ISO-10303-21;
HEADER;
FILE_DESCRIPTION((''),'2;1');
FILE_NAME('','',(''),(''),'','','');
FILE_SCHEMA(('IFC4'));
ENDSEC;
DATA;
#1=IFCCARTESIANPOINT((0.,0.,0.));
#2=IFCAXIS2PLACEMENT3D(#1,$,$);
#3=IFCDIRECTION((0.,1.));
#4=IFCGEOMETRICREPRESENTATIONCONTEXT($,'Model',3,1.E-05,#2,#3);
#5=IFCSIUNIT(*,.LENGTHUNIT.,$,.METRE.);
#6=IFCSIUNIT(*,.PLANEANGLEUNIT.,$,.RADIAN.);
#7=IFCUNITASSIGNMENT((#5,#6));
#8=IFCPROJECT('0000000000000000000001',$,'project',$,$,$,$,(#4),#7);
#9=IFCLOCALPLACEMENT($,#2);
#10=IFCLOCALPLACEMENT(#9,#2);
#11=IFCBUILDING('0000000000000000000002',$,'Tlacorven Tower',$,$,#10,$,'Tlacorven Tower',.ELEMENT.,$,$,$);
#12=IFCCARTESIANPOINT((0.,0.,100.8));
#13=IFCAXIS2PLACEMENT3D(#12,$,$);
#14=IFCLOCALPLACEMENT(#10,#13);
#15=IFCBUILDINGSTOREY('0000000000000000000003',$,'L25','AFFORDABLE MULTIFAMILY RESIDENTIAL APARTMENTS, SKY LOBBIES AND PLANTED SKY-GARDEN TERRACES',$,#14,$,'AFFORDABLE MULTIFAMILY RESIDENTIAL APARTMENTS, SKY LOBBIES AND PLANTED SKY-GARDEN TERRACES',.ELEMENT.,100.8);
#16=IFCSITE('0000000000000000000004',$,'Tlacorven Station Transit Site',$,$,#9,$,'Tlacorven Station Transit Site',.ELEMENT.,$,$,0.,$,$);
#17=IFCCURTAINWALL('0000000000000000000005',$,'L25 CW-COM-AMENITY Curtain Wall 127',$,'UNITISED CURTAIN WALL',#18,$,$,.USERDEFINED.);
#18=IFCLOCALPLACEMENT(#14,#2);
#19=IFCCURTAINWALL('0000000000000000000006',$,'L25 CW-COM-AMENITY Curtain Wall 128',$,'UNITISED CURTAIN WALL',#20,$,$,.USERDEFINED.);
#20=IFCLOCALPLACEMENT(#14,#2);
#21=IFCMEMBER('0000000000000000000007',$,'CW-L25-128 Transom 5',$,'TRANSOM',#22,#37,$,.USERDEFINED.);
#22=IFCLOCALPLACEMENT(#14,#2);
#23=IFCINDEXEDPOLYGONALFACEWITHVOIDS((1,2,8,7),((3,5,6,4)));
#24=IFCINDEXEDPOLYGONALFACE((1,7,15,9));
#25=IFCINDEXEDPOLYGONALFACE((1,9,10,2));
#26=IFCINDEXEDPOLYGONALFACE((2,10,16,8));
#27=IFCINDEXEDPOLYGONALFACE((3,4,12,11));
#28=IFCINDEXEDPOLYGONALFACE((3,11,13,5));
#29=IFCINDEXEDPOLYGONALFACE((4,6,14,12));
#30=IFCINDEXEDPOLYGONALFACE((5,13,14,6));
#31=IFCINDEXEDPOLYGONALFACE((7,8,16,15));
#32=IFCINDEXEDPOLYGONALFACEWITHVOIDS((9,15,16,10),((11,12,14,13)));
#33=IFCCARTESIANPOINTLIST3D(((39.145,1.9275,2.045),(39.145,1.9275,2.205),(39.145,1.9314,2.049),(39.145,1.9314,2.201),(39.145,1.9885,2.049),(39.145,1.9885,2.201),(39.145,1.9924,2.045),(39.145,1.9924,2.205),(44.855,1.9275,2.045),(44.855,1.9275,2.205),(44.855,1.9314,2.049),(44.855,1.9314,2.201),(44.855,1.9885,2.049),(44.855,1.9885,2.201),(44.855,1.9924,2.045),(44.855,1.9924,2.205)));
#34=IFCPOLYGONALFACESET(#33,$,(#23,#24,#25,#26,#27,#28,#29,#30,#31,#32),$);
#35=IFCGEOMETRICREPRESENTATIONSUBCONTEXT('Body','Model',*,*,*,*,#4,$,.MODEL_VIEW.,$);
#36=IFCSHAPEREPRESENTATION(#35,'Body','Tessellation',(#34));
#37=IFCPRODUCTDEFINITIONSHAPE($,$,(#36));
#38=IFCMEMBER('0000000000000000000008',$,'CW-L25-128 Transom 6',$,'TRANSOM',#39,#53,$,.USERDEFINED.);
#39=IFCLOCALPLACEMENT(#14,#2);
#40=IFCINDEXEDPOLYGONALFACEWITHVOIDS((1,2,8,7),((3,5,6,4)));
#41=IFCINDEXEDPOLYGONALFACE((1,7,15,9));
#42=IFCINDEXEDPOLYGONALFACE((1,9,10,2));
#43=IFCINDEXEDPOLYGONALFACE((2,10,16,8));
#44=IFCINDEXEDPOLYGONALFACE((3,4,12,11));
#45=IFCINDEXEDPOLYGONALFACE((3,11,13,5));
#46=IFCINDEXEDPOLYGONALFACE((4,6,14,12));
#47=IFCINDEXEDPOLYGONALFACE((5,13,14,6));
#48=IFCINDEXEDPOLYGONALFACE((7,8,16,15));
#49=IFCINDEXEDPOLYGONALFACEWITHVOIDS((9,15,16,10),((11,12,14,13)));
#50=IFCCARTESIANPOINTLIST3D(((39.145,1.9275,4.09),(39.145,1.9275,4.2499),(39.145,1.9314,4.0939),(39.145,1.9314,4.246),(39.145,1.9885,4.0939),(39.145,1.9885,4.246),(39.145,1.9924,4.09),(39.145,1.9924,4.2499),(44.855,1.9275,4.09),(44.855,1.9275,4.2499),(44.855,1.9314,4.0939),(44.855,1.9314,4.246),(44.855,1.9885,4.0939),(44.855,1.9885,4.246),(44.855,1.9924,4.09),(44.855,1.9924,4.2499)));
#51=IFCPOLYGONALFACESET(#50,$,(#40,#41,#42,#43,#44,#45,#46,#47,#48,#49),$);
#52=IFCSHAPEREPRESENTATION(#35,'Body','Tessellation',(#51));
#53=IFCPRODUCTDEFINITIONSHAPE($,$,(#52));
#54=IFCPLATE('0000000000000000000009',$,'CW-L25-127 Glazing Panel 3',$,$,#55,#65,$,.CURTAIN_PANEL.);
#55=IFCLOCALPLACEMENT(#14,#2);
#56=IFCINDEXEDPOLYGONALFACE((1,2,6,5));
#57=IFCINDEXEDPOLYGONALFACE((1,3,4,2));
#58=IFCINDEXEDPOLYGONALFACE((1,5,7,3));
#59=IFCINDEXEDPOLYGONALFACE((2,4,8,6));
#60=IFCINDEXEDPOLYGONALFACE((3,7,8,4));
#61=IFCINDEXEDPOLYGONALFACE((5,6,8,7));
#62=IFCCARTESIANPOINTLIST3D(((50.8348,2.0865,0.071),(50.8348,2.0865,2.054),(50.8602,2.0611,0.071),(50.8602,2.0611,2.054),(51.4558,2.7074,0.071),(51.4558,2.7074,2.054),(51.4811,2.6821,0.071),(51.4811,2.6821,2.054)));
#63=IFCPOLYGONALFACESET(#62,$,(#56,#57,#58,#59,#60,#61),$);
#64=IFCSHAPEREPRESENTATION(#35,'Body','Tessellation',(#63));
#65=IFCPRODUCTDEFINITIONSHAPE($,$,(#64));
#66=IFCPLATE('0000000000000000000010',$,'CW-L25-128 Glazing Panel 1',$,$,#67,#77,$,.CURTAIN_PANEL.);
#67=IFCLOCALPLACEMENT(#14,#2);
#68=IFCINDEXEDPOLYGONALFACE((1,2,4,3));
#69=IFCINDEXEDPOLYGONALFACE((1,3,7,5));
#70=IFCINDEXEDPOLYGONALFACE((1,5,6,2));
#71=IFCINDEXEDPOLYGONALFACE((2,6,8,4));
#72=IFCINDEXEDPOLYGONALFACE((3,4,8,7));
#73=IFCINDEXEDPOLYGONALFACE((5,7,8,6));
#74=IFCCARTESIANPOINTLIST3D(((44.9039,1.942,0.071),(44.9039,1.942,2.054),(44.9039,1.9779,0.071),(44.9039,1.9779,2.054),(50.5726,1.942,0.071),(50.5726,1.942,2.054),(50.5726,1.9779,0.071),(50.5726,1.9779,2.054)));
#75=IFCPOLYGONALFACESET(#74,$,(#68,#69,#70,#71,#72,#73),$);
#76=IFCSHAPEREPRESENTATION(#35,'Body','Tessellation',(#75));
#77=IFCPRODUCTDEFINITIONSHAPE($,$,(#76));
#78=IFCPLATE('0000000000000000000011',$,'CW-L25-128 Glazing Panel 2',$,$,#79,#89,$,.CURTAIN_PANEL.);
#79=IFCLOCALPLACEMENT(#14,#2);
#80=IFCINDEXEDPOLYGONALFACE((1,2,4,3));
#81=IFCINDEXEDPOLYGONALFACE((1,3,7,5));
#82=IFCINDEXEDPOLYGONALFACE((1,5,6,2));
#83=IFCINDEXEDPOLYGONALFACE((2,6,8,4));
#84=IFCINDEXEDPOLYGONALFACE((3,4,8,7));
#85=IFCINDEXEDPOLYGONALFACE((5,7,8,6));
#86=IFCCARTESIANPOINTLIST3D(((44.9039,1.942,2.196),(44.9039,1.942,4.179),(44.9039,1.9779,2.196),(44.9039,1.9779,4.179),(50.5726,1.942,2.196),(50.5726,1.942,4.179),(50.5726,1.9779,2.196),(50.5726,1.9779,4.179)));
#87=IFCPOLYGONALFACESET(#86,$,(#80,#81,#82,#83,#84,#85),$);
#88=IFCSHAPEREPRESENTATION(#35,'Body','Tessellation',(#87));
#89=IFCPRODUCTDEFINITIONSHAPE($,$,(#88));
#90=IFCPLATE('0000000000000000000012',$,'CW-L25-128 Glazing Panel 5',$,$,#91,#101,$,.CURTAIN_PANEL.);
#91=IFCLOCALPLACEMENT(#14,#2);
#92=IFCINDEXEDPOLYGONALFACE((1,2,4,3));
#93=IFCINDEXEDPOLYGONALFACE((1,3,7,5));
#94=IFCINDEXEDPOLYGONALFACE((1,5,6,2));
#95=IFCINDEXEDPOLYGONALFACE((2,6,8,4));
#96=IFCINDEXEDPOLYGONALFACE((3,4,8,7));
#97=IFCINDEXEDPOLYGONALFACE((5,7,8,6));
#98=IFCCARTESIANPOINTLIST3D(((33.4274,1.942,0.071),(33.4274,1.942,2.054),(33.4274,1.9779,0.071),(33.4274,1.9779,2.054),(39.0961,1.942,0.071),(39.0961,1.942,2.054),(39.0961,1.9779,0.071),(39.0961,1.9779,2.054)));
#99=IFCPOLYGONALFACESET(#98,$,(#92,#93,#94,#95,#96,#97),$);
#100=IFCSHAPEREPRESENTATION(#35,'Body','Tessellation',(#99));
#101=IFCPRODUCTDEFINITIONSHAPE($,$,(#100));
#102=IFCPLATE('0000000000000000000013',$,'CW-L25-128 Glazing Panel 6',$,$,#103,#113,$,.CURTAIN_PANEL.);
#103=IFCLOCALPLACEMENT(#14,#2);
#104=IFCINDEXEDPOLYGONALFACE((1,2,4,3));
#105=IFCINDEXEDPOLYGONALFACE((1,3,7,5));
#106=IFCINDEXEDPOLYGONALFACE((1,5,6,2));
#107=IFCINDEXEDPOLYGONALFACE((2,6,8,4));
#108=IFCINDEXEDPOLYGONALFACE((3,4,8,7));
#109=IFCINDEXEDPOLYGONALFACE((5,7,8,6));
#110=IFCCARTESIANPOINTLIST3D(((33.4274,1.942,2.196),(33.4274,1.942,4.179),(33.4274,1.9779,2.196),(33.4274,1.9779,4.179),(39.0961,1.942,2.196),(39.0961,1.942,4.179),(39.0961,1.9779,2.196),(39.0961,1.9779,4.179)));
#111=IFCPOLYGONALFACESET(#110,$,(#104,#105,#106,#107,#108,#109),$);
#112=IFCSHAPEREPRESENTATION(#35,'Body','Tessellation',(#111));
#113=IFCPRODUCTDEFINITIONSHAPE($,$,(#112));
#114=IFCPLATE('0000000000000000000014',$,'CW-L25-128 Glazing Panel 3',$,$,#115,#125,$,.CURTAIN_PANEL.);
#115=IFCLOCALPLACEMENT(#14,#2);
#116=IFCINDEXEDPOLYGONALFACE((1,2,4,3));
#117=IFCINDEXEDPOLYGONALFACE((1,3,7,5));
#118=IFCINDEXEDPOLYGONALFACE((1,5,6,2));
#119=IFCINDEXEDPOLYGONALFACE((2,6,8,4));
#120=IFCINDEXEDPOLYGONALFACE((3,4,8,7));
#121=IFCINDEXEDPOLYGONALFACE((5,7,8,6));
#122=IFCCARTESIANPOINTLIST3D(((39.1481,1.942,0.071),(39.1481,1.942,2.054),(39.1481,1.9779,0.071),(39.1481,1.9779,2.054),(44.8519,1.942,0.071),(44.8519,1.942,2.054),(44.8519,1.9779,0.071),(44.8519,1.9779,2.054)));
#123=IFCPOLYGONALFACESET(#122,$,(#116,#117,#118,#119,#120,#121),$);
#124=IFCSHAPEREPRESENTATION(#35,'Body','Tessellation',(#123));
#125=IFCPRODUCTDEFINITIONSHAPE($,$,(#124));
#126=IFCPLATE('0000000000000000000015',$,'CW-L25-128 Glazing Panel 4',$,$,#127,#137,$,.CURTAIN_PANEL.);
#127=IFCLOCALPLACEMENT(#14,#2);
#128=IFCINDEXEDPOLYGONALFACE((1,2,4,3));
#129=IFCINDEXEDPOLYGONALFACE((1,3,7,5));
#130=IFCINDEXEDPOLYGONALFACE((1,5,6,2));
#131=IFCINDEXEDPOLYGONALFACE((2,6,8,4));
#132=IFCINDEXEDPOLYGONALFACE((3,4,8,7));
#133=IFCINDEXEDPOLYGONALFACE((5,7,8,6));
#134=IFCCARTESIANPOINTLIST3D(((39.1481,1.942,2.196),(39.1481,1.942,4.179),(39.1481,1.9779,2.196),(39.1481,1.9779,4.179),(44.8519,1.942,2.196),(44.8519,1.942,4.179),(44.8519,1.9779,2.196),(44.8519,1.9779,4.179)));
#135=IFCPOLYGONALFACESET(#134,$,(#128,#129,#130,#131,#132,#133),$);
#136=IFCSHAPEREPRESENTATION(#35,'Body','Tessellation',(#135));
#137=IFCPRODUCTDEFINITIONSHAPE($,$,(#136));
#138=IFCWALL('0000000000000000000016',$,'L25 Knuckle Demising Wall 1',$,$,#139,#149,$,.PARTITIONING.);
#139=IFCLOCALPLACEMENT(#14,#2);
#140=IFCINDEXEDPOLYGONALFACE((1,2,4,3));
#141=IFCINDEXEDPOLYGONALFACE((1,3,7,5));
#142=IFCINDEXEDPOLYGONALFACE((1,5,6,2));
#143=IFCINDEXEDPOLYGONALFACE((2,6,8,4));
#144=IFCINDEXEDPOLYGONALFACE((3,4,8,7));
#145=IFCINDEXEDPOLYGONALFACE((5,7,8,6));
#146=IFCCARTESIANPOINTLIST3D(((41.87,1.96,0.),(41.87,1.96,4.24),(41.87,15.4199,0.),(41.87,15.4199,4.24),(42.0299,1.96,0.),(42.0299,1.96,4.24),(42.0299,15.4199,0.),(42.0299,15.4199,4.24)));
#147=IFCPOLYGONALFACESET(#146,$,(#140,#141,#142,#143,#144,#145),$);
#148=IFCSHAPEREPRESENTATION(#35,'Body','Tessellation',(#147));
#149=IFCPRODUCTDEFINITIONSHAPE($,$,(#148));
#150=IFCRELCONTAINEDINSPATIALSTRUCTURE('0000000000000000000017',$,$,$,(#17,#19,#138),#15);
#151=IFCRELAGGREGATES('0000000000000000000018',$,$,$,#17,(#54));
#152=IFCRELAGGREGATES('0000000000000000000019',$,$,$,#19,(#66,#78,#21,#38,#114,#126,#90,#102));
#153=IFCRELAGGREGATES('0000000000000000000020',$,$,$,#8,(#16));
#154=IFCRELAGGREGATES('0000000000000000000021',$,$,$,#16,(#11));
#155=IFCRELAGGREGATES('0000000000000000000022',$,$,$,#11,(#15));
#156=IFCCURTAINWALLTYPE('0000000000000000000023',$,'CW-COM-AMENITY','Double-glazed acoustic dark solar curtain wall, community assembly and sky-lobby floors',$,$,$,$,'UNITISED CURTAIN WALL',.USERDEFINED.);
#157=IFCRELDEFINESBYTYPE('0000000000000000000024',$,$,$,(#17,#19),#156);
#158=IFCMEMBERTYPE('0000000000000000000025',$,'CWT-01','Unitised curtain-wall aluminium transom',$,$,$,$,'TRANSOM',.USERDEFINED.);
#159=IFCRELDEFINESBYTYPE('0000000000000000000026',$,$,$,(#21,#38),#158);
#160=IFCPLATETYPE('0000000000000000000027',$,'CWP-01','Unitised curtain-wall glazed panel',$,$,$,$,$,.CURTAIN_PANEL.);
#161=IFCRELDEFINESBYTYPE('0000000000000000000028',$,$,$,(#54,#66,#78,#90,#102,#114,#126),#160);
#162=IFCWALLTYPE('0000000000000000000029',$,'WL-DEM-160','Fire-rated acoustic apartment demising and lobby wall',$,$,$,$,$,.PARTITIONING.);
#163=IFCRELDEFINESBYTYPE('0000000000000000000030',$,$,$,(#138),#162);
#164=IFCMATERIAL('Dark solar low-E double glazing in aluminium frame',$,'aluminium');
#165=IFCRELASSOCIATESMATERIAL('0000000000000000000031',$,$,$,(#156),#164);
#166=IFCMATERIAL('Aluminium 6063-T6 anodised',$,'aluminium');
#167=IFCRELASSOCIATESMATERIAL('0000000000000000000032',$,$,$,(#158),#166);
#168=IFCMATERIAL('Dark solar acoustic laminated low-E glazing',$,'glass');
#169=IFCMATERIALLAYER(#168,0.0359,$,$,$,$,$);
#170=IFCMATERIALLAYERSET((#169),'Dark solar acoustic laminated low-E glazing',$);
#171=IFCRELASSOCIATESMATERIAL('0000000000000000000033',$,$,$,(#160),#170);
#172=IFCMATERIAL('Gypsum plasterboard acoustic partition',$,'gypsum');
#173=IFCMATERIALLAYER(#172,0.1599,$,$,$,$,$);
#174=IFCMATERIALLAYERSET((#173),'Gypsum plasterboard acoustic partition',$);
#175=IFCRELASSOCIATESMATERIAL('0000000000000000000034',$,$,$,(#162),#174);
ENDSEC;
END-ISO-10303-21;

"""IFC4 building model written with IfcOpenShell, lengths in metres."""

from ifc_helpers import new_model, si_unit, direction, frame, frame_2d, origin, origin_2d, place, context, subcontext, project, spatial, rectangle, hollow_rectangle, extrude, source, transform, mapped, material, layer, layer_set, material_profile, profile_set, type_object, element, aggregate, save


model = new_model("IFC4")

# Units and contexts
model_context = context("Model", 3, precision=1e-05, world=origin(), true_north=direction((0.0, 1.0)))
body_context = subcontext(model_context, "Body", "Model", "MODEL_VIEW")
ifc_project = project(units=[si_unit("LENGTHUNIT", "METRE"), si_unit("PLANEANGLEUNIT", "RADIAN")], contexts=[model_context])

# Site, building, storey
site_placement = place(None, origin())
site = spatial("IfcSite", under=ifc_project, at=site_placement, Name="Tlacorven Station Transit Site", LongName="Tlacorven Station Transit Site", CompositionType="ELEMENT", RefElevation=0.0)
building_placement = place(site_placement, origin())
building = spatial("IfcBuilding", under=site, at=building_placement, Name="Tlacorven Tower", LongName="Tlacorven Tower", CompositionType="ELEMENT")
storey_placement = place(building_placement, frame((0.0, 0.0, 100.8)))
storey = spatial("IfcBuildingStorey", under=building, at=storey_placement, Name="L25", Description="AFFORDABLE MULTIFAMILY RESIDENTIAL APARTMENTS, SKY LOBBIES AND PLANTED SKY-GARDEN TERRACES", LongName="AFFORDABLE MULTIFAMILY RESIDENTIAL APARTMENTS, SKY LOBBIES AND PLANTED SKY-GARDEN TERRACES", CompositionType="ELEMENT", Elevation=100.8)

# Curtain wall
ifc_material_1 = material(Name="Dark solar low-E double glazing in aluminium frame", Category="aluminium")
curtain_wall_type = type_object("IfcCurtainWallType", Name="CW-COM-AMENITY", Description="Double-glazed acoustic dark solar curtain wall, community assembly and sky-lobby floors", ElementType="UNITISED CURTAIN WALL", PredefinedType="USERDEFINED", material=ifc_material_1)
curtain_wall_1_placement = place(storey_placement, origin())
curtain_wall_1 = element("IfcCurtainWall", 1, at=curtain_wall_1_placement, inside=storey, type_object=curtain_wall_type, Name="L25 CW-COM-AMENITY Curtain Wall 127", ObjectType="UNITISED CURTAIN WALL", PredefinedType="USERDEFINED")
ifc_material_2 = material(Name="Aluminium 6063-T6 anodised", Category="aluminium")

# Curtain wall, members
curtain_wall_2_placement = place(storey_placement, origin())
curtain_wall_2 = element("IfcCurtainWall", 2, at=curtain_wall_2_placement, inside=storey, type_object=curtain_wall_type, Name="L25 CW-COM-AMENITY Curtain Wall 128", ObjectType="UNITISED CURTAIN WALL", PredefinedType="USERDEFINED")
ifc_material_profile_1 = material_profile(ifc_material_2, hollow_rectangle(XDim=0.0649, YDim=0.1599, WallThickness=0.0039, at=origin_2d()), Name="ALU TRANSOM 65X160")
ifc_profile_set_1 = profile_set([ifc_material_profile_1], Name="Aluminium 6063-T6 anodised")
member_type_1 = type_object("IfcMemberType", Name="CWT-01", Description="Unitised curtain-wall aluminium transom", ElementType="TRANSOM", PredefinedType="USERDEFINED", material=ifc_profile_set_1)
shared_shape_1 = source(origin(), body_context, "Body", "SweptSolid", [
    extrude(hollow_rectangle(XDim=0.0649, YDim=0.1599, WallThickness=0.0039, at=origin_2d()), origin(), (0.0, 0.0, 1.0), 5.71),
])
member_1_placement = place(storey_placement, frame((44.855, 1.96, 2.125), z_axis=(-1.0, 0.0, 0.0), x_axis=(0.0, -1.0, 0.0)))
member_1 = element("IfcMember", 3, at=member_1_placement, type_object=member_type_1, Name="CW-L25-128 Transom 5", ObjectType="TRANSOM", PredefinedType="USERDEFINED", context=body_context, shape_type="MappedRepresentation", body=[
    mapped(shared_shape_1, transform((0.0, 0.0, 0.0), scale=1.0)),
])
member_2_placement = place(storey_placement, frame((44.855, 1.96, 4.1699), z_axis=(-1.0, 0.0, 0.0), x_axis=(0.0, -1.0, 0.0)))
member_2 = element("IfcMember", 4, at=member_2_placement, type_object=member_type_1, Name="CW-L25-128 Transom 6", ObjectType="TRANSOM", PredefinedType="USERDEFINED", context=body_context, shape_type="MappedRepresentation", body=[
    mapped(shared_shape_1, transform((0.0, 0.0, 0.0), scale=1.0)),
])

# Plates
ifc_material_3 = material(Name="Dark solar acoustic laminated low-E glazing", Category="glass")
ifc_layer_1 = layer(ifc_material_3, 0.0359)
ifc_layer_set_1 = layer_set([ifc_layer_1], Name="Dark solar acoustic laminated low-E glazing")
plate_type = type_object("IfcPlateType", Name="CWP-01", Description="Unitised curtain-wall glazed panel", PredefinedType="CURTAIN_PANEL", material=ifc_layer_set_1)
shared_shape_2 = source(origin(), body_context, "Body", "SweptSolid", [
    extrude(rectangle(XDim=0.8782, YDim=0.0359, at=origin_2d()), origin(), (0.0, 0.0, 1.0), 1.9829),
])
plate_1_placement = place(storey_placement, frame((51.158, 2.3843, 0.071), z_axis=(0.0, 0.0, 1.0), x_axis=(-0.707107, -0.707107, 0.0)))
plate_1 = element("IfcPlate", 5, at=plate_1_placement, type_object=plate_type, Name="CW-L25-127 Glazing Panel 3", PredefinedType="CURTAIN_PANEL", context=body_context, shape_type="MappedRepresentation", body=[
    mapped(shared_shape_2, transform((0.0, 0.0, 0.0), scale=1.0)),
])
aggregate(curtain_wall_1, [plate_1])
shared_shape_3 = source(origin(), body_context, "Body", "SweptSolid", [
    extrude(rectangle(XDim=5.6687, YDim=0.0359, at=origin_2d()), origin(), (0.0, 0.0, 1.0), 1.9829),
])
plate_2_placement = place(storey_placement, frame((47.7383, 1.96, 0.071), z_axis=(0.0, 0.0, 1.0), x_axis=(-1.0, 0.0, 0.0)))
plate_2 = element("IfcPlate", 6, at=plate_2_placement, type_object=plate_type, Name="CW-L25-128 Glazing Panel 1", PredefinedType="CURTAIN_PANEL", context=body_context, shape_type="MappedRepresentation", body=[
    mapped(shared_shape_3, transform((0.0, 0.0, 0.0), scale=1.0)),
])
plate_3_placement = place(storey_placement, frame((47.7383, 1.96, 2.196), z_axis=(0.0, 0.0, 1.0), x_axis=(-1.0, 0.0, 0.0)))
plate_3 = element("IfcPlate", 7, at=plate_3_placement, type_object=plate_type, Name="CW-L25-128 Glazing Panel 2", PredefinedType="CURTAIN_PANEL", context=body_context, shape_type="MappedRepresentation", body=[
    mapped(shared_shape_3, transform((0.0, 0.0, 0.0), scale=1.0)),
])
plate_4_placement = place(storey_placement, frame((36.2617, 1.96, 0.071), z_axis=(0.0, 0.0, 1.0), x_axis=(-1.0, 0.0, 0.0)))
plate_4 = element("IfcPlate", 8, at=plate_4_placement, type_object=plate_type, Name="CW-L25-128 Glazing Panel 5", PredefinedType="CURTAIN_PANEL", context=body_context, shape_type="MappedRepresentation", body=[
    mapped(shared_shape_3, transform((0.0, 0.0, 0.0), scale=1.0)),
])
plate_5_placement = place(storey_placement, frame((36.2617, 1.96, 2.196), z_axis=(0.0, 0.0, 1.0), x_axis=(-1.0, 0.0, 0.0)))
plate_5 = element("IfcPlate", 9, at=plate_5_placement, type_object=plate_type, Name="CW-L25-128 Glazing Panel 6", PredefinedType="CURTAIN_PANEL", context=body_context, shape_type="MappedRepresentation", body=[
    mapped(shared_shape_3, transform((0.0, 0.0, 0.0), scale=1.0)),
])
shared_shape_4 = source(origin(), body_context, "Body", "SweptSolid", [
    extrude(rectangle(XDim=5.7039, YDim=0.0359, at=origin_2d()), origin(), (0.0, 0.0, 1.0), 1.9829),
])
plate_6_placement = place(storey_placement, frame((42.0, 1.96, 0.071), z_axis=(0.0, 0.0, 1.0), x_axis=(-1.0, 0.0, 0.0)))
plate_6 = element("IfcPlate", 10, at=plate_6_placement, type_object=plate_type, Name="CW-L25-128 Glazing Panel 3", PredefinedType="CURTAIN_PANEL", context=body_context, shape_type="MappedRepresentation", body=[
    mapped(shared_shape_4, transform((0.0, 0.0, 0.0), scale=1.0)),
])
plate_7_placement = place(storey_placement, frame((42.0, 1.96, 2.196), z_axis=(0.0, 0.0, 1.0), x_axis=(-1.0, 0.0, 0.0)))
plate_7 = element("IfcPlate", 11, at=plate_7_placement, type_object=plate_type, Name="CW-L25-128 Glazing Panel 4", PredefinedType="CURTAIN_PANEL", context=body_context, shape_type="MappedRepresentation", body=[
    mapped(shared_shape_4, transform((0.0, 0.0, 0.0), scale=1.0)),
])
aggregate(curtain_wall_2, [plate_2, plate_3, member_1, member_2, plate_6, plate_7, plate_4, plate_5])

# Wall
ifc_material_4 = material(Name="Gypsum plasterboard acoustic partition", Category="gypsum")
ifc_layer_2 = layer(ifc_material_4, 0.1599)
ifc_layer_set_2 = layer_set([ifc_layer_2], Name="Gypsum plasterboard acoustic partition")
wall_type_1 = type_object("IfcWallType", Name="WL-DEM-160", Description="Fire-rated acoustic apartment demising and lobby wall", PredefinedType="PARTITIONING", material=ifc_layer_set_2)
wall_1_placement = place(storey_placement, frame((41.95, 1.96, 0.0), z_axis=(0.0, 0.0, 1.0), x_axis=(0.0, 1.0, 0.0)))
element("IfcWall", 12, at=wall_1_placement, inside=storey, type_object=wall_type_1, Name="L25 Knuckle Demising Wall 1", PredefinedType="PARTITIONING", context=body_context, shape_type="SweptSolid", body=[
    extrude(rectangle(XDim=13.46, YDim=0.1599, at=frame_2d((6.73, 0.0))), origin(), (0.0, 0.0, 1.0), 4.24),
])

save(model, "model.ifc")
